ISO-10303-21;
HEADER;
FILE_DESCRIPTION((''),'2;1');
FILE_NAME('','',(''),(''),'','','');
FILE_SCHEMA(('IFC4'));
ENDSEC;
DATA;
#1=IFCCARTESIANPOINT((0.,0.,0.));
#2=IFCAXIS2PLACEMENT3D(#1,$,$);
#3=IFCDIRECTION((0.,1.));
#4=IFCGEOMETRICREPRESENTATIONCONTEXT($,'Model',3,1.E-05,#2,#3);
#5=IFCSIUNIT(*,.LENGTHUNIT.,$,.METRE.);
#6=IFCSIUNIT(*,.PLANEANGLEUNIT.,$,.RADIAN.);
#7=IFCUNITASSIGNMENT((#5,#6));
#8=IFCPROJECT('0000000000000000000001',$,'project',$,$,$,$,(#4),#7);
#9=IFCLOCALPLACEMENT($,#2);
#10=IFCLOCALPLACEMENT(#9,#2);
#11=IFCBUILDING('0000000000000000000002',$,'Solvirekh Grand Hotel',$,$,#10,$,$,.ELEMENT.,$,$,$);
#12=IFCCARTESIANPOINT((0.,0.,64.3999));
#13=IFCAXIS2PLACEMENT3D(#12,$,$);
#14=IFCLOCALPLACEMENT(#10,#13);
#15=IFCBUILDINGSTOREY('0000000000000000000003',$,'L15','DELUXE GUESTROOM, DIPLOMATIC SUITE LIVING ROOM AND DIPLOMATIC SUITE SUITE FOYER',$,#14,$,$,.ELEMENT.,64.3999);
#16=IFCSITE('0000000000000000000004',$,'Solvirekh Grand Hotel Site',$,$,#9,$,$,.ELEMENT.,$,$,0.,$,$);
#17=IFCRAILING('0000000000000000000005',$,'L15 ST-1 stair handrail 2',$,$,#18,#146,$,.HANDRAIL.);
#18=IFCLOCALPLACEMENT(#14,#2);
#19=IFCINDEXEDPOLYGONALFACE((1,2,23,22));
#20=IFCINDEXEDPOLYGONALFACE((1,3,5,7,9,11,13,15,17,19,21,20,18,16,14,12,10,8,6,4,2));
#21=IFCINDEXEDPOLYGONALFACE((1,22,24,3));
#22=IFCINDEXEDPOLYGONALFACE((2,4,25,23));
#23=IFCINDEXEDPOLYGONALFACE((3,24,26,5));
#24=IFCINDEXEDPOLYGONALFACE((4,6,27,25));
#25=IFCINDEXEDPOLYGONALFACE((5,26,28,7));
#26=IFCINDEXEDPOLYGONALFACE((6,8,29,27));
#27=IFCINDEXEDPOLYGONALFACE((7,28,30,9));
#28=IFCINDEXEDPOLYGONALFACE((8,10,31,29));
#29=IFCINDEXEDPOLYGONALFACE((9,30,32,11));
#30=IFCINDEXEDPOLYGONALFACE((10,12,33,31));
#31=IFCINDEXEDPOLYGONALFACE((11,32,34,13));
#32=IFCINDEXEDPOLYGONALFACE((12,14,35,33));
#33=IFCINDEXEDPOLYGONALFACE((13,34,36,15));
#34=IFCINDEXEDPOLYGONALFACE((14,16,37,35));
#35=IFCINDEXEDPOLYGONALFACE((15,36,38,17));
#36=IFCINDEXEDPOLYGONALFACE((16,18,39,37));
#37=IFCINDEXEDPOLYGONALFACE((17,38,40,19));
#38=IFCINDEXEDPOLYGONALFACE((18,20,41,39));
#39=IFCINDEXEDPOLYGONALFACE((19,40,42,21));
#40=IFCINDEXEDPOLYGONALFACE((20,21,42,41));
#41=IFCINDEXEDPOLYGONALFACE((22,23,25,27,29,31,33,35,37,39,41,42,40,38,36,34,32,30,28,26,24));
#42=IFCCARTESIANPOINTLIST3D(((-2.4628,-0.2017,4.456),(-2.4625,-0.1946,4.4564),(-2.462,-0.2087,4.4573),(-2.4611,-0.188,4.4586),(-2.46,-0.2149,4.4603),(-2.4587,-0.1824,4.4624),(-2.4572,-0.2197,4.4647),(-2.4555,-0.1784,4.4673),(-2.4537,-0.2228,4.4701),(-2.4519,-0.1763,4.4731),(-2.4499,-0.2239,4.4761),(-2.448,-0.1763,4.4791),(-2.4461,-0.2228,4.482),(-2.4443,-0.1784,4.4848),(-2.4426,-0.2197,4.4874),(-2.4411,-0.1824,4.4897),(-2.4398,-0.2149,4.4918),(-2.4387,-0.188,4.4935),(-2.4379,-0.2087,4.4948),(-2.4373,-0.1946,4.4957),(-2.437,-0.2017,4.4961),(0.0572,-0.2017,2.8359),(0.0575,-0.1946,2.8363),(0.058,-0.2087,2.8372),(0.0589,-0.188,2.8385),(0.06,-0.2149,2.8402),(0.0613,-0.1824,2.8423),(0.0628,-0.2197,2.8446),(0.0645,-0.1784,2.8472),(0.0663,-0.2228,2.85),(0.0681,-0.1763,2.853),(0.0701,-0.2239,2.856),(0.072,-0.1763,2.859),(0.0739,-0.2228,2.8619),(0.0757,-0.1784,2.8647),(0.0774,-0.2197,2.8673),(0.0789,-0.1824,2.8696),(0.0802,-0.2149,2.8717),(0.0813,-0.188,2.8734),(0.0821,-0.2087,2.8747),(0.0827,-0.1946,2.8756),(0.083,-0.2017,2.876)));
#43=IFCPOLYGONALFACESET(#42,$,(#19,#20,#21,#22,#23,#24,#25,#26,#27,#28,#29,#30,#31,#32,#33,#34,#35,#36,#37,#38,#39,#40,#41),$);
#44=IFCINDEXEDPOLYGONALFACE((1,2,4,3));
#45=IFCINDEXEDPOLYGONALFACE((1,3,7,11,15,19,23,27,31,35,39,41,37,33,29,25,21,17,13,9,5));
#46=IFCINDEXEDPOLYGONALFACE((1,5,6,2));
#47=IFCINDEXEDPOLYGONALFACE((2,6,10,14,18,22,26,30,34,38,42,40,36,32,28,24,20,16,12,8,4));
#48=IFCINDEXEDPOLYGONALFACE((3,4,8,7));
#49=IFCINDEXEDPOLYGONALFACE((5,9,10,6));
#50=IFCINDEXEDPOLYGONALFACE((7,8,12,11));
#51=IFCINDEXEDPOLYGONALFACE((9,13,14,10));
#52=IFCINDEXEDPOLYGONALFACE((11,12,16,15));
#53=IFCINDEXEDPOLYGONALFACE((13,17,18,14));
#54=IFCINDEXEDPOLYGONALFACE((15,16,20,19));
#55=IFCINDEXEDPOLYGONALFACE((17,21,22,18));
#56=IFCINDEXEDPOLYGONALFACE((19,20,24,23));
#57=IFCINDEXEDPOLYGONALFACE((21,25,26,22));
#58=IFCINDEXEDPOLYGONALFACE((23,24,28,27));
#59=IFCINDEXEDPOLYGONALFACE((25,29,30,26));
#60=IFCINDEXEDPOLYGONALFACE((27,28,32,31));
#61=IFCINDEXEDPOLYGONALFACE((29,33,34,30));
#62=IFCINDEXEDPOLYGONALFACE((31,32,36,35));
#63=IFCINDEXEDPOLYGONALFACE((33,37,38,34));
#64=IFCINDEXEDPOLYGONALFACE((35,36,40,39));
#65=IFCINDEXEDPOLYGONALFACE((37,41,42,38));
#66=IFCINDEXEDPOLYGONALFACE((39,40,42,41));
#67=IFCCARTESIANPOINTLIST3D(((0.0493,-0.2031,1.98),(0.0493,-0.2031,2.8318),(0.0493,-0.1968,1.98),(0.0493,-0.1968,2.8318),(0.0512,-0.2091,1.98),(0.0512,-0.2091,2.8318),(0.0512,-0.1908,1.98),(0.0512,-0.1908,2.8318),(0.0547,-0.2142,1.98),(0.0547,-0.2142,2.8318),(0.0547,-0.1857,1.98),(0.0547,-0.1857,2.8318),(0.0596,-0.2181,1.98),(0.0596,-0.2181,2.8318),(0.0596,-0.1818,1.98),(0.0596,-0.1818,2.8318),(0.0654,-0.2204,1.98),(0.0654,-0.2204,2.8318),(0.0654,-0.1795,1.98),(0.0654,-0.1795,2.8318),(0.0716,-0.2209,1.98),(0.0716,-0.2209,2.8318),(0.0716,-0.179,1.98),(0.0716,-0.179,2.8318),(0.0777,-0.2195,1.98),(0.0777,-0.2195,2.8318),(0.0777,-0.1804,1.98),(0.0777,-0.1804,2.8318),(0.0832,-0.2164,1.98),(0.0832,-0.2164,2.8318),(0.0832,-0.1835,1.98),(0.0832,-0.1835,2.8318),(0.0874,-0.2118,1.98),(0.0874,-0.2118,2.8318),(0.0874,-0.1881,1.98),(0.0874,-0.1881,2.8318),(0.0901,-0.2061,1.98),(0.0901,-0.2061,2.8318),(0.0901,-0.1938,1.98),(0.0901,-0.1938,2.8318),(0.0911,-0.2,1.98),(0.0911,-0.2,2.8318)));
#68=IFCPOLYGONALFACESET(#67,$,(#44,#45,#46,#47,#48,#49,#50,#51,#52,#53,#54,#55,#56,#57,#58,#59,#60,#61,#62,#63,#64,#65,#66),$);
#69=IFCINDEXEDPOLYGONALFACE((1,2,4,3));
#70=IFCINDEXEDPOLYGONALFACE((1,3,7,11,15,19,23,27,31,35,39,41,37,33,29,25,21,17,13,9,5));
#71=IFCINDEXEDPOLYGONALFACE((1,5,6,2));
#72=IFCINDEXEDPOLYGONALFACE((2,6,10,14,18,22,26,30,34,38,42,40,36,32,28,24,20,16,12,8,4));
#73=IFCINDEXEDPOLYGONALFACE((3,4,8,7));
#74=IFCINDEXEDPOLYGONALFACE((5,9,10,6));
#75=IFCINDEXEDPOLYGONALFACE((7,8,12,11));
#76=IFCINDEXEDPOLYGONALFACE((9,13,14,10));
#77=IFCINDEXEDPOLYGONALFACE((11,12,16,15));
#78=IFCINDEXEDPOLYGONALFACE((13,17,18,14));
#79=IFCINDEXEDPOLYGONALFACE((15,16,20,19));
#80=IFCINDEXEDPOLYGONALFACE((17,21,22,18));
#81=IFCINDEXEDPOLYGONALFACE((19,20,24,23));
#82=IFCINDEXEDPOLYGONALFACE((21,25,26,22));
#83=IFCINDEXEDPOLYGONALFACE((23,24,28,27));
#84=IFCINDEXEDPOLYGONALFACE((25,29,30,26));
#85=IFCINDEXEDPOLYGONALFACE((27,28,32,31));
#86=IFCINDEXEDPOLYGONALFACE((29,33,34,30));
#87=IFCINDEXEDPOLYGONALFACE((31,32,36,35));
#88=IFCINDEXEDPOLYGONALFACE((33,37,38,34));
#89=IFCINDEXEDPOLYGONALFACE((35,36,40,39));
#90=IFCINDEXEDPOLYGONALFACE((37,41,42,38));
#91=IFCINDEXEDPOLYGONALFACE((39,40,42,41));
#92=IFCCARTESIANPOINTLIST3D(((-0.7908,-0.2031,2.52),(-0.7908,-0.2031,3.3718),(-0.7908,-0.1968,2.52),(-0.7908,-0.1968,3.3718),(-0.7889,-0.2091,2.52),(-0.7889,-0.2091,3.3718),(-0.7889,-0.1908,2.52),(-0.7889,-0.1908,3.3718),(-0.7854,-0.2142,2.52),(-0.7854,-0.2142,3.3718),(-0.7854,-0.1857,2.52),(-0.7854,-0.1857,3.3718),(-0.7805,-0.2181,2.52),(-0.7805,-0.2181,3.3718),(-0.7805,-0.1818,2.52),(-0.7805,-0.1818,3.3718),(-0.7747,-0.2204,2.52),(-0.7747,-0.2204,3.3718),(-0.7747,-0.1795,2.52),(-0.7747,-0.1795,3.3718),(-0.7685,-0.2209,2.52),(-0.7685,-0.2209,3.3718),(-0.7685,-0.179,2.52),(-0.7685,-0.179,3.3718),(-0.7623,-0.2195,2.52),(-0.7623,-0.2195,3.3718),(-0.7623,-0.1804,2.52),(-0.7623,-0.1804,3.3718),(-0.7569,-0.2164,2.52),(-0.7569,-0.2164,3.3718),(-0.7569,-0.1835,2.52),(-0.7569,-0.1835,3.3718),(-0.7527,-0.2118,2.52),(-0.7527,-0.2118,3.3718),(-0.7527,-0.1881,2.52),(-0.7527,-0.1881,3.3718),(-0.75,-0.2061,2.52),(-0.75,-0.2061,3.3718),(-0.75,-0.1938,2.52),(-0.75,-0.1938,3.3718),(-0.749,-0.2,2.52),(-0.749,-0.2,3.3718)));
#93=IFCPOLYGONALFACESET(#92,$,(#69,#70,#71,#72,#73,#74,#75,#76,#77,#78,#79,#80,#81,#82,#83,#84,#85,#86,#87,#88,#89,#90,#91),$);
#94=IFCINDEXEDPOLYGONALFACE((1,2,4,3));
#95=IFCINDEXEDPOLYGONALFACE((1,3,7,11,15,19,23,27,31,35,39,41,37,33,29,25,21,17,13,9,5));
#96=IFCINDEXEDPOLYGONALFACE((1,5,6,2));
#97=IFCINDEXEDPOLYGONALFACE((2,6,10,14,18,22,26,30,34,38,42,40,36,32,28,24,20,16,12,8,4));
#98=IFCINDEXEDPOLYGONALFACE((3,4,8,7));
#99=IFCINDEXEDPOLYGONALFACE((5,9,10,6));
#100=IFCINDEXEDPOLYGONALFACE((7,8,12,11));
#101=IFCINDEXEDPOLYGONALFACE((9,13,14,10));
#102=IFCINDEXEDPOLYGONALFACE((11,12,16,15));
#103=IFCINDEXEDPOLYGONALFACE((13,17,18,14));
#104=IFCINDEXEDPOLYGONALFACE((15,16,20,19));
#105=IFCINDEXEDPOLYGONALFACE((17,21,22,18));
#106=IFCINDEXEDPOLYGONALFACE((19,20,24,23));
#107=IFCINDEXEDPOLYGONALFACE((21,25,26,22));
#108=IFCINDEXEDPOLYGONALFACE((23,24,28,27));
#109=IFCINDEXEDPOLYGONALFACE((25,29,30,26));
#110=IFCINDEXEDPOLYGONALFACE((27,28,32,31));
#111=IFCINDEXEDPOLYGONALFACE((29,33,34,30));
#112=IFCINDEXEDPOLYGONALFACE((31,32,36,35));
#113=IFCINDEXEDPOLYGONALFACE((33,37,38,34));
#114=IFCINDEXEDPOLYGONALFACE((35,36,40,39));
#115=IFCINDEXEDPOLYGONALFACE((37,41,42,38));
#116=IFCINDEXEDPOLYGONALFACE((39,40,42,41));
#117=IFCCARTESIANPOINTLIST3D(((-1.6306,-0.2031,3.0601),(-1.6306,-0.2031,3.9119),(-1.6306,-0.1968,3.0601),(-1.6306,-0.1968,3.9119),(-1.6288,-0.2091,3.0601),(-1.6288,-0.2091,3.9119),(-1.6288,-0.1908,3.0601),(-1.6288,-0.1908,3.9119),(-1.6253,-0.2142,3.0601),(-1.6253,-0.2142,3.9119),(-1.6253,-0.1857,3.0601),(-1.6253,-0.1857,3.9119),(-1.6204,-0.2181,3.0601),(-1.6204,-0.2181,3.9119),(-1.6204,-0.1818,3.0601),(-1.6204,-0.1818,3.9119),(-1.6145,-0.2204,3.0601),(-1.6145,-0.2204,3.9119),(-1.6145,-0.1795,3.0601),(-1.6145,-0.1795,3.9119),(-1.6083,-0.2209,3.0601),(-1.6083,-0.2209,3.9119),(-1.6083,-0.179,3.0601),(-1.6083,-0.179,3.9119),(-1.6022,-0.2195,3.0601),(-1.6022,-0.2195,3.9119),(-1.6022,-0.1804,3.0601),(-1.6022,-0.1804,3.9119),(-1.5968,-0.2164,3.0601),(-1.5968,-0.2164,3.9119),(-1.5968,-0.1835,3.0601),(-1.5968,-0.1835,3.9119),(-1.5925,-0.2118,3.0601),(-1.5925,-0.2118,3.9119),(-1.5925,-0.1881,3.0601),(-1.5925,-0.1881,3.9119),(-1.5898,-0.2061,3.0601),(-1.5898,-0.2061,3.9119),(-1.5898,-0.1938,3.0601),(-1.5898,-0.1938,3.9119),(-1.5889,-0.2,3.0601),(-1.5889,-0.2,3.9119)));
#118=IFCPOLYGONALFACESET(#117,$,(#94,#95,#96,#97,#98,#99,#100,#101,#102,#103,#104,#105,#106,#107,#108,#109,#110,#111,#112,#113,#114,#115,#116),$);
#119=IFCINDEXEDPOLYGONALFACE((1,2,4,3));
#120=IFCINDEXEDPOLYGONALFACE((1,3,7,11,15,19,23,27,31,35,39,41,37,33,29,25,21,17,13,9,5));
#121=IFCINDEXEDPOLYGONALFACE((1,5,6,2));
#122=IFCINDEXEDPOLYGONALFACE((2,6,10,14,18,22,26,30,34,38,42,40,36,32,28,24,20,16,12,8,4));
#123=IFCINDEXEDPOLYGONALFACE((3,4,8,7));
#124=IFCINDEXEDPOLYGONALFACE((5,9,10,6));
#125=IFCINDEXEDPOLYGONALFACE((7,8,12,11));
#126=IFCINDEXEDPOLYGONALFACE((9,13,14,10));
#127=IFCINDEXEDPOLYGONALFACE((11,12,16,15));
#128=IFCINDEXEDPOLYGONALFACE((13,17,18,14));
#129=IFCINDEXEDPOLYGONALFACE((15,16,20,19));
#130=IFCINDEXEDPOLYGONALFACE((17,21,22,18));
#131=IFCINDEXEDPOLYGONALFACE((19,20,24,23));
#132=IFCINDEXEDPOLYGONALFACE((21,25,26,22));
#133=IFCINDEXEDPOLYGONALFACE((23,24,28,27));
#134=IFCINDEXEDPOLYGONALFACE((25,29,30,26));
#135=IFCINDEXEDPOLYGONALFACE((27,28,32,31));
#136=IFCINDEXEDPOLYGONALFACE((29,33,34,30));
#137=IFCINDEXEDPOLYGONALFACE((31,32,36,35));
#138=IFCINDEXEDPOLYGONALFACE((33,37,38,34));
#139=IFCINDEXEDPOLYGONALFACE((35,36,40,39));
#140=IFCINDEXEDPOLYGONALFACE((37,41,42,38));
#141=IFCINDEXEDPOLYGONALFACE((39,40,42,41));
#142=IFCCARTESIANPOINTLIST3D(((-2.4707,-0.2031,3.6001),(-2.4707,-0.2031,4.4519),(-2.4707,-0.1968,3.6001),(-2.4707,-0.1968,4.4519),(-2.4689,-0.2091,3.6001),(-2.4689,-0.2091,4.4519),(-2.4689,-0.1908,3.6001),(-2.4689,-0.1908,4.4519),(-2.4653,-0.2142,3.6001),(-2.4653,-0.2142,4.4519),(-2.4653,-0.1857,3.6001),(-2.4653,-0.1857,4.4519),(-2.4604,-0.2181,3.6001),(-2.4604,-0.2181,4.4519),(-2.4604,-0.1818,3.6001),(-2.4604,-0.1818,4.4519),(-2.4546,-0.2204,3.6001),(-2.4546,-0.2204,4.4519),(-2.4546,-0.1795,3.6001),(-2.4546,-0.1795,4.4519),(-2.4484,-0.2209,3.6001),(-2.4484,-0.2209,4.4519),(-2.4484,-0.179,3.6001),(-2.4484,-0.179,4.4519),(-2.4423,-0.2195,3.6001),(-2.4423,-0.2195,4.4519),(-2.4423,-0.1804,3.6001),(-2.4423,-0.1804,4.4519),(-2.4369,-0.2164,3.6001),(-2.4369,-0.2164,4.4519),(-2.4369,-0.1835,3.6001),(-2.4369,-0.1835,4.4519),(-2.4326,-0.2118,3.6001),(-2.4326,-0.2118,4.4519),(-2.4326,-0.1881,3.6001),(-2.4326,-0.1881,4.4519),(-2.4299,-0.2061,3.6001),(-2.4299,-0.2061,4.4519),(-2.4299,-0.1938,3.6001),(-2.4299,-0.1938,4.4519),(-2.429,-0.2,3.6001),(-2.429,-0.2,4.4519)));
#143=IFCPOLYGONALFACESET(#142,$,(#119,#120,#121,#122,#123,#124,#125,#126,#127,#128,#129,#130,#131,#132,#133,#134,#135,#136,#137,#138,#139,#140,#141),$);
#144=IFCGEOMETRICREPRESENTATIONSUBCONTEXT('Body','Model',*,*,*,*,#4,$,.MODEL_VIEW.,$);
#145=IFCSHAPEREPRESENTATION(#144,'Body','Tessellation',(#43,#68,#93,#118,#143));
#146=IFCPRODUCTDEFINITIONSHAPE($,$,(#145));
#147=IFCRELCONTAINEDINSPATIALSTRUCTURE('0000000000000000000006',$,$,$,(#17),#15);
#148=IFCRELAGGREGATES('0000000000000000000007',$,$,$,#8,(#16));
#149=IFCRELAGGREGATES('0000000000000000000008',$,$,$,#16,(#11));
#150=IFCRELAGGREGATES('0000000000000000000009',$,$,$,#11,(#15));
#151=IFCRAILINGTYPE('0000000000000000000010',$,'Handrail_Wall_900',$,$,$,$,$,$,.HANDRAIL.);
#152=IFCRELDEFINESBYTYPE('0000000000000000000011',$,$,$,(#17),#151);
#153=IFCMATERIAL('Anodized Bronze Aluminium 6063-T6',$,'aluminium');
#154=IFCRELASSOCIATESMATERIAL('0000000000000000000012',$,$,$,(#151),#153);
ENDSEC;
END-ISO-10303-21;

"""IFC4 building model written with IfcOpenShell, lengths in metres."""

from ifc_helpers import new_model, si_unit, direction, frame, origin, origin_2d, place, context, subcontext, project, spatial, circle, extrude, material, type_object, element, save


model = new_model("IFC4")

# Units and contexts
model_context = context("Model", 3, precision=1e-05, world=origin(), true_north=direction((0.0, 1.0)))
body_context = subcontext(model_context, "Body", "Model", "MODEL_VIEW")
ifc_project = project(units=[si_unit("LENGTHUNIT", "METRE"), si_unit("PLANEANGLEUNIT", "RADIAN")], contexts=[model_context])

# Site, building, storey
site_placement = place(None, origin())
site = spatial("IfcSite", under=ifc_project, at=site_placement, Name="Solvirekh Grand Hotel Site", CompositionType="ELEMENT", RefElevation=0.0)
building_placement = place(site_placement, origin())
building = spatial("IfcBuilding", under=site, at=building_placement, Name="Solvirekh Grand Hotel", CompositionType="ELEMENT")
storey_placement = place(building_placement, frame((0.0, 0.0, 64.3999)))
storey = spatial("IfcBuildingStorey", under=building, at=storey_placement, Name="L15", Description="DELUXE GUESTROOM, DIPLOMATIC SUITE LIVING ROOM AND DIPLOMATIC SUITE SUITE FOYER", CompositionType="ELEMENT", Elevation=64.3999)

# Railing
ifc_material_1 = material(Name="Anodized Bronze Aluminium 6063-T6", Category="aluminium")
railing_type_1 = type_object("IfcRailingType", Name="Handrail_Wall_900", PredefinedType="HANDRAIL", material=ifc_material_1)
railing_1_placement = place(storey_placement, frame((0.0701, -0.2, 1.98)))
element("IfcRailing", 1, at=railing_1_placement, inside=storey, type_object=railing_type_1, Name="L15 ST-1 stair handrail 2", PredefinedType="HANDRAIL", context=body_context, shape_type="SweptSolid", body=[
    extrude(circle(Radius=0.0239, at=origin_2d()), frame((0.0, 0.0, 0.876), z_axis=(-0.841163, 0.0, 0.540782), x_axis=(0.0, -1.0, 0.0)), (0.0, 0.0, 1.0), 2.9958),
    extrude(circle(Radius=0.021, at=origin_2d()), origin(), (0.0, 0.0, 1.0), 0.8518),
    extrude(circle(Radius=0.021, at=origin_2d()), frame((-0.8401, 0.0, 0.54)), (0.0, 0.0, 1.0), 0.8518),
    extrude(circle(Radius=0.021, at=origin_2d()), frame((-1.6799, 0.0, 1.0801)), (0.0, 0.0, 1.0), 0.8518),
    extrude(circle(Radius=0.021, at=origin_2d()), frame((-2.52, 0.0, 1.6201)), (0.0, 0.0, 1.0), 0.8518),
])

save(model, "model.ifc")
